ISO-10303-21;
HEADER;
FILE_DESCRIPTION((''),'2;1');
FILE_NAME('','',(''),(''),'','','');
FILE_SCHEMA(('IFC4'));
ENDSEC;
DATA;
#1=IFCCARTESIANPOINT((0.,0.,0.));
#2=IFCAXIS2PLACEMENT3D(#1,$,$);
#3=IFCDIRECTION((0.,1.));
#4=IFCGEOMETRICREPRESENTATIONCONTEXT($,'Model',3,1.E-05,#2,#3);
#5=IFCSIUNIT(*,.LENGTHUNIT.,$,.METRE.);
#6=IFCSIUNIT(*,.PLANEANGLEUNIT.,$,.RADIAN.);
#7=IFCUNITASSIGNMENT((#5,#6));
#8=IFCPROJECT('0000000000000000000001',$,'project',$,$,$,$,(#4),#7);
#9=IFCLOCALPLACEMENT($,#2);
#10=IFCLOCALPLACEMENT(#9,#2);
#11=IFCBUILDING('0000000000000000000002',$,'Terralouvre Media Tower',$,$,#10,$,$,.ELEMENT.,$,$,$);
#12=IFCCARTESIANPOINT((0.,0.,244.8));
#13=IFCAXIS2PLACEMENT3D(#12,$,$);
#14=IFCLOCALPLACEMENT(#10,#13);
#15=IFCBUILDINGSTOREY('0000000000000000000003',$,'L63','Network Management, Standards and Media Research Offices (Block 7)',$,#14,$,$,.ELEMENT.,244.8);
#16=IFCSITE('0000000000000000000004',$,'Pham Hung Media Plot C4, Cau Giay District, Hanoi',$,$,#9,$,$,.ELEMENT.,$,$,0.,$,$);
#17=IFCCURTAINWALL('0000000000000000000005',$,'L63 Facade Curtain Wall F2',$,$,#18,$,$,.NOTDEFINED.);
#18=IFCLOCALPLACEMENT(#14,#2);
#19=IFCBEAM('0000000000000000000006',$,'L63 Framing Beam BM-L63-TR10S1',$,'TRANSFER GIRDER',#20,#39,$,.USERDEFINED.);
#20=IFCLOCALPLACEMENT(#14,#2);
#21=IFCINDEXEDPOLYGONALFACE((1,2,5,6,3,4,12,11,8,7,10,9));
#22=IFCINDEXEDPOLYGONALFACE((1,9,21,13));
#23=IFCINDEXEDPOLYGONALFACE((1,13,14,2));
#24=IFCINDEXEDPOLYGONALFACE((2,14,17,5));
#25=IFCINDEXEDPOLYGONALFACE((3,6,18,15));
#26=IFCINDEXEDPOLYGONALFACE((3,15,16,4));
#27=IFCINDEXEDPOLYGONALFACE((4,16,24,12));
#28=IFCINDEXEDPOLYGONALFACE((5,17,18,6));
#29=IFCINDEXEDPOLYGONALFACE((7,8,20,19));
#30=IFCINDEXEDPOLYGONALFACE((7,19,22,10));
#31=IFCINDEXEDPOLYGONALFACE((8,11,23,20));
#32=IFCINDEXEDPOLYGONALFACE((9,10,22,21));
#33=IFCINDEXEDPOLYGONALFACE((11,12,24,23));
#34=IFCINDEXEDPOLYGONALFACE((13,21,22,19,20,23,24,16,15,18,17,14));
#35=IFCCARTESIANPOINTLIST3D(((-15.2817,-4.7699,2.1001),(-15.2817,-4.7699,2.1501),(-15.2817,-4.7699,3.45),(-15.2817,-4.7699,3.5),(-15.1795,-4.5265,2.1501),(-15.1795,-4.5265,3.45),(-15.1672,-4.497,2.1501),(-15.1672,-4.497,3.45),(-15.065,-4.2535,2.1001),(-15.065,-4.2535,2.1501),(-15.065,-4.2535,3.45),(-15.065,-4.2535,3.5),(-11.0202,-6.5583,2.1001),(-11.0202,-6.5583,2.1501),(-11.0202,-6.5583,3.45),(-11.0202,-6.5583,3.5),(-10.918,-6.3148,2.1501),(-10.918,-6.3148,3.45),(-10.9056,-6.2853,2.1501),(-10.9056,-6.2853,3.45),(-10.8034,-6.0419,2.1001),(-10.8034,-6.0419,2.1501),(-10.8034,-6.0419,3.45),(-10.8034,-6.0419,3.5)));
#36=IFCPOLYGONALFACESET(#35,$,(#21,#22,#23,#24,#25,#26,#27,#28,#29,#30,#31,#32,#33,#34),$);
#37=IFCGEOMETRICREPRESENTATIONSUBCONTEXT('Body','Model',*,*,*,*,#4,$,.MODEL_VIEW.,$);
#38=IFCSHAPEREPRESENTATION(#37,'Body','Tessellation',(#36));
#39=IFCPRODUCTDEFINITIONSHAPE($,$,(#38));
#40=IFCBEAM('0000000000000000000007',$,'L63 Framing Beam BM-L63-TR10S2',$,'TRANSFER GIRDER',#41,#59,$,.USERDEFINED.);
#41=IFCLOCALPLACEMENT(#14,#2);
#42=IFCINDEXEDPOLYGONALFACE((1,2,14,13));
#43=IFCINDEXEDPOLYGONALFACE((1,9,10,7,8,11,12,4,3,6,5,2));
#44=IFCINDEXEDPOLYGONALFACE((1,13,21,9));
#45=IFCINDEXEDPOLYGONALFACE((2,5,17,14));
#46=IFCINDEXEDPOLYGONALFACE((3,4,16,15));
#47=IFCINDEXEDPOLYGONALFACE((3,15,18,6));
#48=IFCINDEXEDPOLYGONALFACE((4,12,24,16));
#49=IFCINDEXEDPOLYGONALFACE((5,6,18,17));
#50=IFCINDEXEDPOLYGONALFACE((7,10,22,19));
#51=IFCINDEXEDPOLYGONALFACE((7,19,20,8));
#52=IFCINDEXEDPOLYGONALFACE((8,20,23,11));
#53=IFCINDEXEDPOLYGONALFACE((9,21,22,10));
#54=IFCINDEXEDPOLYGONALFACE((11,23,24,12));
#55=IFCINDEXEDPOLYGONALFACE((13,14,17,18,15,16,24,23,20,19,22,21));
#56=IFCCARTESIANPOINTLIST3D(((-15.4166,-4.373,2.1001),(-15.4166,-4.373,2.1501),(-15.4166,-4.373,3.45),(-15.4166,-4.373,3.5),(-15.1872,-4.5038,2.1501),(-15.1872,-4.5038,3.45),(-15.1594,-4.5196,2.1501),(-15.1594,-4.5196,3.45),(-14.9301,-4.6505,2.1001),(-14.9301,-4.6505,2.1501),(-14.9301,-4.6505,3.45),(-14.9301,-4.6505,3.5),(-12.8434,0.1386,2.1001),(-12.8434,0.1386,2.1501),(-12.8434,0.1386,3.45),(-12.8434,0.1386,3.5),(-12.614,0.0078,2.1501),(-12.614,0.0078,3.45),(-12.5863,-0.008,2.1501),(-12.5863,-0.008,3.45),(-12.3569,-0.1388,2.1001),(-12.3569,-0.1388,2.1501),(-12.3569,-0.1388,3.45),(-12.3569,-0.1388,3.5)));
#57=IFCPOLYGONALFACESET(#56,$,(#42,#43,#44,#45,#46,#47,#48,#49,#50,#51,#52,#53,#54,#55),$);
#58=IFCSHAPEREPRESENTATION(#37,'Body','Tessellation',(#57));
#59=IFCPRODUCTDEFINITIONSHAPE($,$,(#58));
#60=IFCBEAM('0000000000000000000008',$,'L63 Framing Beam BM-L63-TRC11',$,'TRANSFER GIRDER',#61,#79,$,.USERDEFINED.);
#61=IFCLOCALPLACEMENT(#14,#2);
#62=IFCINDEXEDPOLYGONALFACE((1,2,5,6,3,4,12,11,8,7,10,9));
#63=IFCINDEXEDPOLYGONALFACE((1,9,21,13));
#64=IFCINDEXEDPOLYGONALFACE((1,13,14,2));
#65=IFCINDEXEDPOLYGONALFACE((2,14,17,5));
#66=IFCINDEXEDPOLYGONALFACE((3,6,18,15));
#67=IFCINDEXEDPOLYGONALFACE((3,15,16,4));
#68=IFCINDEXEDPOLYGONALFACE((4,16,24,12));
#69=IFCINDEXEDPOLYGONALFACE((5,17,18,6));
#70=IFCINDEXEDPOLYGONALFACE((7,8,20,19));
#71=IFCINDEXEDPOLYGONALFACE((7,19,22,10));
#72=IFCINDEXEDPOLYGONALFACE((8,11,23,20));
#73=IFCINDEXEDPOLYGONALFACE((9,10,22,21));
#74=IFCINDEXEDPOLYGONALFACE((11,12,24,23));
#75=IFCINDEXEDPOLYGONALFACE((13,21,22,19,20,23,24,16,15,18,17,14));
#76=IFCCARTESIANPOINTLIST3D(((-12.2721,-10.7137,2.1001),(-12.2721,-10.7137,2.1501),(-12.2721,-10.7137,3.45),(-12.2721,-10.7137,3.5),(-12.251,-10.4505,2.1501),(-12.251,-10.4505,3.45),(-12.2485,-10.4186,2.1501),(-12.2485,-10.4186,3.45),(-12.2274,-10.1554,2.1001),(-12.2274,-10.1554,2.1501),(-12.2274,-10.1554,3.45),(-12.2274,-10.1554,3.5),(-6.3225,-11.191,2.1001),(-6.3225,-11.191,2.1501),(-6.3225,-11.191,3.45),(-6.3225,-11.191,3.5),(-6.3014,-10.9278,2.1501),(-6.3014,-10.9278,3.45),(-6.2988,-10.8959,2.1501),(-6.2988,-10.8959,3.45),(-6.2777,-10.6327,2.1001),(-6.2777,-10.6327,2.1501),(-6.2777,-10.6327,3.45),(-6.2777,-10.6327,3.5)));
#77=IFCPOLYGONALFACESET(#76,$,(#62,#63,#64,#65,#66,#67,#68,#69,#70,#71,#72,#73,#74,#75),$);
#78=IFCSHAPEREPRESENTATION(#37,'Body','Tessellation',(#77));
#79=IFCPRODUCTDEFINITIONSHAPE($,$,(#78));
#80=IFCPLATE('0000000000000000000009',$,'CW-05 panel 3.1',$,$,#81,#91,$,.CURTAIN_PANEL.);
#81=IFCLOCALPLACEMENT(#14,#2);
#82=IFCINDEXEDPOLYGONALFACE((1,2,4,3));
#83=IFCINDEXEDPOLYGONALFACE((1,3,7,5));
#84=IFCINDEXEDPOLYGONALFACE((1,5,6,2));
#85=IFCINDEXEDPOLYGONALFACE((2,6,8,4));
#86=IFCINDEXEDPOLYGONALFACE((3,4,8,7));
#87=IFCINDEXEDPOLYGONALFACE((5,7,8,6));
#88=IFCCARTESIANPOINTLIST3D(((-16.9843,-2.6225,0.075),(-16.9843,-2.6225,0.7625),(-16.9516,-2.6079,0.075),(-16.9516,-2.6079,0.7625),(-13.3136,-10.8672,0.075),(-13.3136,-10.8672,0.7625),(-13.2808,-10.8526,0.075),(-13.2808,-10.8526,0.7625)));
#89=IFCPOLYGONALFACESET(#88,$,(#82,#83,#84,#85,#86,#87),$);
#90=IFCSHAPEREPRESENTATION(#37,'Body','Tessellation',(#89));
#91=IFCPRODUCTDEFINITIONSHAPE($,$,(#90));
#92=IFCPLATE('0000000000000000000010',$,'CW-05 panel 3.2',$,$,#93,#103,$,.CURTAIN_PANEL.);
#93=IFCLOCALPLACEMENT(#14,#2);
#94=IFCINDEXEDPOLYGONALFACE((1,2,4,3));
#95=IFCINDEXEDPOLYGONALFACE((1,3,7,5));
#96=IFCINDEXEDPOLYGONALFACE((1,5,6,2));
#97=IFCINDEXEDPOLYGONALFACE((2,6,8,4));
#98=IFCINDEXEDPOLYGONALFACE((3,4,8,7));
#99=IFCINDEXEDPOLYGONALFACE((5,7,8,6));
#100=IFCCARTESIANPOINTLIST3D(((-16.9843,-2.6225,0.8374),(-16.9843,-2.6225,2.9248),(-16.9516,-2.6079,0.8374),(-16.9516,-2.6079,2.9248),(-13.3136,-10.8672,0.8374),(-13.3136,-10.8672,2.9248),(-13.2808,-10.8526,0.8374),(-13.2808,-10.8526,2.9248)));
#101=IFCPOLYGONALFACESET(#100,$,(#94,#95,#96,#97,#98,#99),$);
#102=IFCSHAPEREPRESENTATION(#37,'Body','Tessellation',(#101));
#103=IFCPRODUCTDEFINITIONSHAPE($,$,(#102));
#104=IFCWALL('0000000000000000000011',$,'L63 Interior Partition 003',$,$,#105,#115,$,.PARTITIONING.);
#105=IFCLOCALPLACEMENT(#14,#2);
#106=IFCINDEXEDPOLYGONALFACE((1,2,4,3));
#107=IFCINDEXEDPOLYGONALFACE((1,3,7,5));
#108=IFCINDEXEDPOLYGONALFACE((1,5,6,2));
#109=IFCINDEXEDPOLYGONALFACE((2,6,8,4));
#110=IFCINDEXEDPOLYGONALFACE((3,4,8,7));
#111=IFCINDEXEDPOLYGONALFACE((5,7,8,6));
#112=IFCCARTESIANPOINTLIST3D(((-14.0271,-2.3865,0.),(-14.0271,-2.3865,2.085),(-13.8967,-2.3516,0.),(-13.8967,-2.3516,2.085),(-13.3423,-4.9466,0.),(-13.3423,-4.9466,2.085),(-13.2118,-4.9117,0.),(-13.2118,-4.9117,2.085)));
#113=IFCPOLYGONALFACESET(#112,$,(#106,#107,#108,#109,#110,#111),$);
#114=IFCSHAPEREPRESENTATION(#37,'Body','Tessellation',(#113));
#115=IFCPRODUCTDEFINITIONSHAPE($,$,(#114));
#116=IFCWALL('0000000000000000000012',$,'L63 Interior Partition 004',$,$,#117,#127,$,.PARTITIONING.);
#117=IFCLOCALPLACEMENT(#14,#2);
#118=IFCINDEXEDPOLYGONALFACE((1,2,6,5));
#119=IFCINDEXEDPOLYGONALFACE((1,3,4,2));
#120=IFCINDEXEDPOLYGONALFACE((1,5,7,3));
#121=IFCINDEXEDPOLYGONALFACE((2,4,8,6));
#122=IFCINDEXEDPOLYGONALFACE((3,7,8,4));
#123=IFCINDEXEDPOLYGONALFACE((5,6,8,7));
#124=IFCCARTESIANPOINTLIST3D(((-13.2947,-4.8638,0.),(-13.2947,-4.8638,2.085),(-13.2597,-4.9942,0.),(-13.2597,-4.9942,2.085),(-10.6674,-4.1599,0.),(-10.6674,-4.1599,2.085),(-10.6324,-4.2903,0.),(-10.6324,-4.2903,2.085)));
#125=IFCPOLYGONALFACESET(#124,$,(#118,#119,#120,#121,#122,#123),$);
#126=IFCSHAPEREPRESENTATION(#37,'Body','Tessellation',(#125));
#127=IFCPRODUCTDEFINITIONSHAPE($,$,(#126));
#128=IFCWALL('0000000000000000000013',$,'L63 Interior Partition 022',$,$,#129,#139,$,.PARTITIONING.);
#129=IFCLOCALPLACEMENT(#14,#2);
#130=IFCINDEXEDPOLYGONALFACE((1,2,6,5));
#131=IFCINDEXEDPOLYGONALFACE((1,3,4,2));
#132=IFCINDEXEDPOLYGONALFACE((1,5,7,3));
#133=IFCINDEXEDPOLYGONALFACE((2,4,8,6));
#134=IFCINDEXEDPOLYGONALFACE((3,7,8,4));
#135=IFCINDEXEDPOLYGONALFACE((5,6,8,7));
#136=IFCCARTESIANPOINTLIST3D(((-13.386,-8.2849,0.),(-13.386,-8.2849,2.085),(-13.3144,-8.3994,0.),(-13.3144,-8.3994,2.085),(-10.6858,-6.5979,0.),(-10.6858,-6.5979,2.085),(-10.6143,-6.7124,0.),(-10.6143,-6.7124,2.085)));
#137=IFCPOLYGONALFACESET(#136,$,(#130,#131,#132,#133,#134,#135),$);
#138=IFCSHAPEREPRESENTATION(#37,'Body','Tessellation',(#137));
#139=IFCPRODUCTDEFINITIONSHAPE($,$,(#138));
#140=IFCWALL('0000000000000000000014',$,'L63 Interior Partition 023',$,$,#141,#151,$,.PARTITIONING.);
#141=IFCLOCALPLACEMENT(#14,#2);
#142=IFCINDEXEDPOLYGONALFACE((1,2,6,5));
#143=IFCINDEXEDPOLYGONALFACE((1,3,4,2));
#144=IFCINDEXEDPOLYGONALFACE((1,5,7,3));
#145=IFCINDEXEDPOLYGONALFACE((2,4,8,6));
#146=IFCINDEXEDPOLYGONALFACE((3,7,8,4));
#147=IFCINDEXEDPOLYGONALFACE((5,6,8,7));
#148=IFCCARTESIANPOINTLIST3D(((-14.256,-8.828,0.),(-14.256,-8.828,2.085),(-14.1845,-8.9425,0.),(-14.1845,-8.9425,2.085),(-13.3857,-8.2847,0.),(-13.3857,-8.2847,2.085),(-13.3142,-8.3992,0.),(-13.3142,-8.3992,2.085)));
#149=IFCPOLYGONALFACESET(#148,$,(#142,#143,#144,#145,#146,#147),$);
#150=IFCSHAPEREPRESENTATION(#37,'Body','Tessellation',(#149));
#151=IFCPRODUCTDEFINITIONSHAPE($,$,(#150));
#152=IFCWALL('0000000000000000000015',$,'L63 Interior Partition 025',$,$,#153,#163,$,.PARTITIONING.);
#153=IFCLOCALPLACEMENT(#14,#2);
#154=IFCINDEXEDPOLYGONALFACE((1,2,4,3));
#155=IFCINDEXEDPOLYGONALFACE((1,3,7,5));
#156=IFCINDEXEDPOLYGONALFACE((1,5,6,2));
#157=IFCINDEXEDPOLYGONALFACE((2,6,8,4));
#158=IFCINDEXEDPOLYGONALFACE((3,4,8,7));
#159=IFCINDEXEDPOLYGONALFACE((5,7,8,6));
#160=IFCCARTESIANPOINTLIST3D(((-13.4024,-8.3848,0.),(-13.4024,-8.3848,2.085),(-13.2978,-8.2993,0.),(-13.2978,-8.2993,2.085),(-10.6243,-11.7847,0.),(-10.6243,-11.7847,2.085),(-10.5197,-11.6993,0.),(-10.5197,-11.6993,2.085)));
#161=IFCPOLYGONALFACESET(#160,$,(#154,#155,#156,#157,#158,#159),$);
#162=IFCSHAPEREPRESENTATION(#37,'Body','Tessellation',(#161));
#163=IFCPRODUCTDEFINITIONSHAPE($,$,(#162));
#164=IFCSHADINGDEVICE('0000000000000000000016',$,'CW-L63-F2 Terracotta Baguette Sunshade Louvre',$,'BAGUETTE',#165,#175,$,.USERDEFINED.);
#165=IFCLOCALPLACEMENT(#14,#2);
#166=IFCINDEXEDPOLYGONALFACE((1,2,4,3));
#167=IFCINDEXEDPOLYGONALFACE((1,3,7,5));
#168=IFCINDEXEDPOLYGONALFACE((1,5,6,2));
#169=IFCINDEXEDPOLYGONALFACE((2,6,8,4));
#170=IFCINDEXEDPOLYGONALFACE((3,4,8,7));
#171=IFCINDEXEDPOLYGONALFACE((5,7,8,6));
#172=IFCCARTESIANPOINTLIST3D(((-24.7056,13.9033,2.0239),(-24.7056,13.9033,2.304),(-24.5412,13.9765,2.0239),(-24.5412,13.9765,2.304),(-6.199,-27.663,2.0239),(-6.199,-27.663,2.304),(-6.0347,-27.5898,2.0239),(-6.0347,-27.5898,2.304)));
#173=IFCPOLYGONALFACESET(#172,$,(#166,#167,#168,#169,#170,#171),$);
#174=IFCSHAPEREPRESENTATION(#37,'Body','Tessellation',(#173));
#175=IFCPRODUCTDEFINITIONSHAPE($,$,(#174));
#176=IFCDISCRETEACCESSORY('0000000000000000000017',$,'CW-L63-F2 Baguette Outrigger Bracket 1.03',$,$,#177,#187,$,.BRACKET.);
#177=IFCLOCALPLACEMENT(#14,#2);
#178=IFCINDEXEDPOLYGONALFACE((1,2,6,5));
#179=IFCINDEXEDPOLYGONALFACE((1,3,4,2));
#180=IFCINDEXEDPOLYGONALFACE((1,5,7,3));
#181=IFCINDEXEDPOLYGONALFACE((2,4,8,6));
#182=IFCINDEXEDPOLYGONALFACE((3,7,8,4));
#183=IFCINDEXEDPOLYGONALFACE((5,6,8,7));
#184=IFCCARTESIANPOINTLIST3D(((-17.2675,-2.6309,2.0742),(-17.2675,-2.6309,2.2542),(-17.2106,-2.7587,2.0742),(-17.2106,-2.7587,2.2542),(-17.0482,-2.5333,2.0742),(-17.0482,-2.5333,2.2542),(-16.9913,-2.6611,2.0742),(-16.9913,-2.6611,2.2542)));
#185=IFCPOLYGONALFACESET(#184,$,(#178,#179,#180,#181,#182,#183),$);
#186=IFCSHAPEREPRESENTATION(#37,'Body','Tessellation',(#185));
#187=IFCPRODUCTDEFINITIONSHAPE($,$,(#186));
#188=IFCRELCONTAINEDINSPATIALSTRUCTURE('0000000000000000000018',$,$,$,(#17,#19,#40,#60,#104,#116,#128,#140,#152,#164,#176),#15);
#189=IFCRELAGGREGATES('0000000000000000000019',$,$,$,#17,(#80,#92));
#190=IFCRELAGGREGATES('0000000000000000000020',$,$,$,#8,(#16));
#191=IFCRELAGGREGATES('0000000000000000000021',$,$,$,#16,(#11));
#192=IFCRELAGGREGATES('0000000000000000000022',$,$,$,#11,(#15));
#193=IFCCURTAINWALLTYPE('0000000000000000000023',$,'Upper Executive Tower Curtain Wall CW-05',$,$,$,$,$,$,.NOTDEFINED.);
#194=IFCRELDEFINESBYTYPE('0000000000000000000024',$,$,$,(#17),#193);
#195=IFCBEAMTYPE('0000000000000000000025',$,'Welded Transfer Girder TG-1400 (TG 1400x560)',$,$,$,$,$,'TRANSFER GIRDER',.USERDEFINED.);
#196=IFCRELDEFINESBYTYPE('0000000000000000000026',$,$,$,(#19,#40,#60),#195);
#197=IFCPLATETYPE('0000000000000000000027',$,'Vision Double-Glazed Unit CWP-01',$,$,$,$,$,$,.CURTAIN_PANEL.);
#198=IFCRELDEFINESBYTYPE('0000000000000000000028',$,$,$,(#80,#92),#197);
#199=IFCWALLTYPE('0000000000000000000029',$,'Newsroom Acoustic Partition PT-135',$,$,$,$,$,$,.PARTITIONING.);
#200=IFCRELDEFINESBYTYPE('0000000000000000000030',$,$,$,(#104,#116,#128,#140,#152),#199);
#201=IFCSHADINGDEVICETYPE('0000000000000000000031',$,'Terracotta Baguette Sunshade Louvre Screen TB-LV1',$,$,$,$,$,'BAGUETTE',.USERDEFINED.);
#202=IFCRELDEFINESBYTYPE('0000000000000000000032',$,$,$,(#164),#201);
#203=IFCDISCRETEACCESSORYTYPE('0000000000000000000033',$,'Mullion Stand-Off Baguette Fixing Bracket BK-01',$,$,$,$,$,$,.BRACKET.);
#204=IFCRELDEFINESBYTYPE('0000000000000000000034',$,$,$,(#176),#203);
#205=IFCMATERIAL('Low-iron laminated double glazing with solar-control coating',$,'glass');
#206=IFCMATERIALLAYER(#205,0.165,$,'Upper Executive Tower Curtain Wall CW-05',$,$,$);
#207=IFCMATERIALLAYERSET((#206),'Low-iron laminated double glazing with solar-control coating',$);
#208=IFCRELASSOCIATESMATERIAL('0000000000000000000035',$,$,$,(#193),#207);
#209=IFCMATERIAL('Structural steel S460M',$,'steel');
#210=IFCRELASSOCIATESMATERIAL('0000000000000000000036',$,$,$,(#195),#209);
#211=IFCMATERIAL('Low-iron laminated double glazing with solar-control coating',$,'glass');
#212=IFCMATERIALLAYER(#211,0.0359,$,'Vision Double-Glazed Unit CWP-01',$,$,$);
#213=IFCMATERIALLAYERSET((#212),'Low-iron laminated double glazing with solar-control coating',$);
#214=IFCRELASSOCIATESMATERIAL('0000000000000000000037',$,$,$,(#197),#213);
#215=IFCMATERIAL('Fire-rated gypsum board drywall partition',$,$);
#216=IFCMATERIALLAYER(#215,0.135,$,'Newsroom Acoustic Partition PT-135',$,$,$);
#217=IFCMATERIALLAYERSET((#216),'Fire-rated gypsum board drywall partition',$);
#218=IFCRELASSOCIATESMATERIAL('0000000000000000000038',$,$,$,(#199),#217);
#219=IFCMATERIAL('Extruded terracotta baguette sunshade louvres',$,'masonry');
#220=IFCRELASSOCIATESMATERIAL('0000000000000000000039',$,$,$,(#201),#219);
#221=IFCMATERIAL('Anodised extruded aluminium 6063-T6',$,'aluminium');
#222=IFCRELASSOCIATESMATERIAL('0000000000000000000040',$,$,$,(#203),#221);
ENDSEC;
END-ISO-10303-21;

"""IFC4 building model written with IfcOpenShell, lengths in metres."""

from ifc_helpers import new_model, si_unit, direction, frame, frame_2d, origin, origin_2d, place, context, subcontext, project, spatial, rectangle, i_section, extrude, material, layer, layer_set, material_profile, profile_set, type_object, element, aggregate, save


model = new_model("IFC4")

# Units and contexts
model_context = context("Model", 3, precision=1e-05, world=origin(), true_north=direction((0.0, 1.0)))
body_context = subcontext(model_context, "Body", "Model", "MODEL_VIEW")
ifc_project = project(units=[si_unit("LENGTHUNIT", "METRE"), si_unit("PLANEANGLEUNIT", "RADIAN")], contexts=[model_context])

# Site, building, storey
site_placement = place(None, origin())
site = spatial("IfcSite", under=ifc_project, at=site_placement, Name="Pham Hung Media Plot C4, Cau Giay District, Hanoi", CompositionType="ELEMENT", RefElevation=0.0)
building_placement = place(site_placement, origin())
building = spatial("IfcBuilding", under=site, at=building_placement, Name="Terralouvre Media Tower", CompositionType="ELEMENT")
storey_placement = place(building_placement, frame((0.0, 0.0, 244.8)))
storey = spatial("IfcBuildingStorey", under=building, at=storey_placement, Name="L63", Description="Network Management, Standards and Media Research Offices (Block 7)", CompositionType="ELEMENT", Elevation=244.8)

# Curtain wall
ifc_material_1 = material(Name="Low-iron laminated double glazing with solar-control coating", Category="glass")
ifc_layer_1 = layer(ifc_material_1, 0.165, Name="Upper Executive Tower Curtain Wall CW-05")
ifc_layer_set_1 = layer_set([ifc_layer_1], Name="Low-iron laminated double glazing with solar-control coating")
curtain_wall_type = type_object("IfcCurtainWallType", Name="Upper Executive Tower Curtain Wall CW-05", PredefinedType="NOTDEFINED", material=ifc_layer_set_1)
curtain_wall_placement = place(storey_placement, origin())
curtain_wall = element("IfcCurtainWall", 1, at=curtain_wall_placement, inside=storey, type_object=curtain_wall_type, Name="L63 Facade Curtain Wall F2", PredefinedType="NOTDEFINED")

# Beams
ifc_material_2 = material(Name="Structural steel S460M", Category="steel")
ifc_material_profile_1 = material_profile(ifc_material_2, i_section(OverallWidth=0.5601, OverallDepth=1.3999, WebThickness=0.032, FlangeThickness=0.05, at=origin_2d()), Name="TG 1400x560")
ifc_profile_set_1 = profile_set([ifc_material_profile_1], Name="Structural steel S460M")
beam_type_1 = type_object("IfcBeamType", Name="Welded Transfer Girder TG-1400 (TG 1400x560)", ElementType="TRANSFER GIRDER", PredefinedType="USERDEFINED", material=ifc_profile_set_1)
beam_1_placement = place(storey_placement, frame((-15.1733, -4.5117, 2.8), z_axis=(0.922097, -0.386959, 0.0), x_axis=(0.386959, 0.922097, 0.0)))
element("IfcBeam", 2, at=beam_1_placement, inside=storey, type_object=beam_type_1, Name="L63 Framing Beam BM-L63-TR10S1", ObjectType="TRANSFER GIRDER", PredefinedType="USERDEFINED", context=body_context, shape_type="SweptSolid", body=[
    extrude(i_section(OverallWidth=0.5601, OverallDepth=1.3999, WebThickness=0.032, FlangeThickness=0.05, at=origin_2d()), origin(), (0.0, 0.0, 1.0), 4.6216),
])
beam_2_placement = place(storey_placement, frame((-15.1733, -4.5117, 2.8), z_axis=(0.49543, 0.868648, 0.0), x_axis=(-0.868648, 0.49543, 0.0)))
element("IfcBeam", 3, at=beam_2_placement, inside=storey, type_object=beam_type_1, Name="L63 Framing Beam BM-L63-TR10S2", ObjectType="TRANSFER GIRDER", PredefinedType="USERDEFINED", context=body_context, shape_type="SweptSolid", body=[
    extrude(i_section(OverallWidth=0.5601, OverallDepth=1.3999, WebThickness=0.032, FlangeThickness=0.05, at=origin_2d()), origin(), (0.0, 0.0, 1.0), 5.1938),
])
beam_3_placement = place(storey_placement, frame((-12.2498, -10.4346, 2.8), z_axis=(0.996798, -0.079965, 0.0), x_axis=(0.079965, 0.996798, 0.0)))
element("IfcBeam", 4, at=beam_3_placement, inside=storey, type_object=beam_type_1, Name="L63 Framing Beam BM-L63-TRC11", ObjectType="TRANSFER GIRDER", PredefinedType="USERDEFINED", context=body_context, shape_type="SweptSolid", body=[
    extrude(i_section(OverallWidth=0.5601, OverallDepth=1.3999, WebThickness=0.032, FlangeThickness=0.05, at=origin_2d()), origin(), (0.0, 0.0, 1.0), 5.9688),
])

# Plates
ifc_material_3 = material(Name="Low-iron laminated double glazing with solar-control coating", Category="glass")
ifc_layer_2 = layer(ifc_material_3, 0.0359, Name="Vision Double-Glazed Unit CWP-01")
ifc_layer_set_2 = layer_set([ifc_layer_2], Name="Low-iron laminated double glazing with solar-control coating")
plate_type = type_object("IfcPlateType", Name="Vision Double-Glazed Unit CWP-01", PredefinedType="CURTAIN_PANEL", material=ifc_layer_set_2)
plate_1_placement = place(storey_placement, frame((-15.1326, -6.7375, 0.075), z_axis=(0.0, 0.0, 1.0), x_axis=(0.406737, -0.913545, 0.0)))
plate_1 = element("IfcPlate", 5, at=plate_1_placement, type_object=plate_type, Name="CW-05 panel 3.1", PredefinedType="CURTAIN_PANEL", context=body_context, shape_type="SweptSolid", body=[
    extrude(rectangle(XDim=9.0249, YDim=0.0359, at=origin_2d()), origin(), (0.0, 0.0, 1.0), 0.6875),
])
plate_2_placement = place(storey_placement, frame((-15.1326, -6.7375, 0.8374), z_axis=(0.0, 0.0, 1.0), x_axis=(0.406737, -0.913545, 0.0)))
plate_2 = element("IfcPlate", 6, at=plate_2_placement, type_object=plate_type, Name="CW-05 panel 3.2", PredefinedType="CURTAIN_PANEL", context=body_context, shape_type="SweptSolid", body=[
    extrude(rectangle(XDim=9.0249, YDim=0.0359, at=origin_2d()), origin(), (0.0, 0.0, 1.0), 2.0874),
])
aggregate(curtain_wall, [plate_1, plate_2])

# Walls
ifc_material_4 = material(Name="Fire-rated gypsum board drywall partition")
ifc_layer_3 = layer(ifc_material_4, 0.135, Name="Newsroom Acoustic Partition PT-135")
ifc_layer_set_3 = layer_set([ifc_layer_3], Name="Fire-rated gypsum board drywall partition")
wall_type = type_object("IfcWallType", Name="Newsroom Acoustic Partition PT-135", PredefinedType="PARTITIONING", material=ifc_layer_set_3)
wall_1_placement = place(storey_placement, frame((-13.9619, -2.3689, 0.0), z_axis=(0.0, 0.0, 1.0), x_axis=(0.258414, -0.966034, 0.0)))
element("IfcWall", 7, at=wall_1_placement, inside=storey, type_object=wall_type, Name="L63 Interior Partition 003", PredefinedType="PARTITIONING", context=body_context, shape_type="SweptSolid", body=[
    extrude(rectangle(XDim=2.6501, YDim=0.135, at=frame_2d((1.3252, 0.0))), origin(), (0.0, 0.0, 1.0), 2.085),
])
wall_2_placement = place(storey_placement, frame((-13.2771, -4.929, 0.0), z_axis=(0.0, 0.0, 1.0), x_axis=(0.965935, 0.258785, 0.0)))
element("IfcWall", 8, at=wall_2_placement, inside=storey, type_object=wall_type, Name="L63 Interior Partition 004", PredefinedType="PARTITIONING", context=body_context, shape_type="SweptSolid", body=[
    extrude(rectangle(XDim=2.72, YDim=0.135, at=frame_2d((1.3599, 0.0))), origin(), (0.0, 0.0, 1.0), 2.085),
])
wall_3_placement = place(storey_placement, frame((-13.3501, -8.342, 0.0), z_axis=(0.0, 0.0, 1.0), x_axis=(0.848084, 0.529861, 0.0)))
element("IfcWall", 9, at=wall_3_placement, inside=storey, type_object=wall_type, Name="L63 Interior Partition 022", PredefinedType="PARTITIONING", context=body_context, shape_type="SweptSolid", body=[
    extrude(rectangle(XDim=3.1838, YDim=0.135, at=frame_2d((1.5918, 0.0))), origin(), (0.0, 0.0, 1.0), 2.085),
])
wall_4_placement = place(storey_placement, frame((-14.2202, -8.8853, 0.0), z_axis=(0.0, 0.0, 1.0), x_axis=(0.848266, 0.529571, 0.0)))
element("IfcWall", 10, at=wall_4_placement, inside=storey, type_object=wall_type, Name="L63 Interior Partition 023", PredefinedType="PARTITIONING", context=body_context, shape_type="SweptSolid", body=[
    extrude(rectangle(XDim=1.0259, YDim=0.135, at=frame_2d((0.5129, 0.0))), origin(), (0.0, 0.0, 1.0), 2.085),
])
wall_5_placement = place(storey_placement, frame((-13.3501, -8.342, 0.0), z_axis=(0.0, 0.0, 1.0), x_axis=(0.632738, -0.774366, 0.0)))
element("IfcWall", 11, at=wall_5_placement, inside=storey, type_object=wall_type, Name="L63 Interior Partition 025", PredefinedType="PARTITIONING", context=body_context, shape_type="SweptSolid", body=[
    extrude(rectangle(XDim=4.3906, YDim=0.135, at=frame_2d((2.1953, 0.0))), origin(), (0.0, 0.0, 1.0), 2.085),
])

# Shading device
ifc_material_5 = material(Name="Extruded terracotta baguette sunshade louvres", Category="masonry")
shading_device_type = type_object("IfcShadingDeviceType", Name="Terracotta Baguette Sunshade Louvre Screen TB-LV1", ElementType="BAGUETTE", PredefinedType="USERDEFINED", material=ifc_material_5)
shading_device_placement = place(storey_placement, frame((-15.3701, -6.8433, 2.0239), z_axis=(0.0, 0.0, 1.0), x_axis=(0.406737, -0.913545, 0.0)))
element("IfcShadingDevice", 12, at=shading_device_placement, inside=storey, type_object=shading_device_type, Name="CW-L63-F2 Terracotta Baguette Sunshade Louvre", ObjectType="BAGUETTE", PredefinedType="USERDEFINED", context=body_context, shape_type="SweptSolid", body=[
    extrude(rectangle(XDim=45.5, YDim=0.1799, at=origin_2d()), origin(), (0.0, 0.0, 1.0), 0.28),
])

# Discrete accessory
ifc_material_6 = material(Name="Anodised extruded aluminium 6063-T6", Category="aluminium")
discrete_accessory_type = type_object("IfcDiscreteAccessoryType", Name="Mullion Stand-Off Baguette Fixing Bracket BK-01", PredefinedType="BRACKET", material=ifc_material_6)
discrete_accessory_placement = place(storey_placement, frame((-17.1294, -2.646, 2.0742), z_axis=(0.0, 0.0, 1.0), x_axis=(0.406737, -0.913545, 0.0)))
element("IfcDiscreteAccessory", 13, at=discrete_accessory_placement, inside=storey, type_object=discrete_accessory_type, Name="CW-L63-F2 Baguette Outrigger Bracket 1.03", PredefinedType="BRACKET", context=body_context, shape_type="SweptSolid", body=[
    extrude(rectangle(XDim=0.1399, YDim=0.24, at=origin_2d()), origin(), (0.0, 0.0, 1.0), 0.1799),
])

save(model, "model.ifc")
